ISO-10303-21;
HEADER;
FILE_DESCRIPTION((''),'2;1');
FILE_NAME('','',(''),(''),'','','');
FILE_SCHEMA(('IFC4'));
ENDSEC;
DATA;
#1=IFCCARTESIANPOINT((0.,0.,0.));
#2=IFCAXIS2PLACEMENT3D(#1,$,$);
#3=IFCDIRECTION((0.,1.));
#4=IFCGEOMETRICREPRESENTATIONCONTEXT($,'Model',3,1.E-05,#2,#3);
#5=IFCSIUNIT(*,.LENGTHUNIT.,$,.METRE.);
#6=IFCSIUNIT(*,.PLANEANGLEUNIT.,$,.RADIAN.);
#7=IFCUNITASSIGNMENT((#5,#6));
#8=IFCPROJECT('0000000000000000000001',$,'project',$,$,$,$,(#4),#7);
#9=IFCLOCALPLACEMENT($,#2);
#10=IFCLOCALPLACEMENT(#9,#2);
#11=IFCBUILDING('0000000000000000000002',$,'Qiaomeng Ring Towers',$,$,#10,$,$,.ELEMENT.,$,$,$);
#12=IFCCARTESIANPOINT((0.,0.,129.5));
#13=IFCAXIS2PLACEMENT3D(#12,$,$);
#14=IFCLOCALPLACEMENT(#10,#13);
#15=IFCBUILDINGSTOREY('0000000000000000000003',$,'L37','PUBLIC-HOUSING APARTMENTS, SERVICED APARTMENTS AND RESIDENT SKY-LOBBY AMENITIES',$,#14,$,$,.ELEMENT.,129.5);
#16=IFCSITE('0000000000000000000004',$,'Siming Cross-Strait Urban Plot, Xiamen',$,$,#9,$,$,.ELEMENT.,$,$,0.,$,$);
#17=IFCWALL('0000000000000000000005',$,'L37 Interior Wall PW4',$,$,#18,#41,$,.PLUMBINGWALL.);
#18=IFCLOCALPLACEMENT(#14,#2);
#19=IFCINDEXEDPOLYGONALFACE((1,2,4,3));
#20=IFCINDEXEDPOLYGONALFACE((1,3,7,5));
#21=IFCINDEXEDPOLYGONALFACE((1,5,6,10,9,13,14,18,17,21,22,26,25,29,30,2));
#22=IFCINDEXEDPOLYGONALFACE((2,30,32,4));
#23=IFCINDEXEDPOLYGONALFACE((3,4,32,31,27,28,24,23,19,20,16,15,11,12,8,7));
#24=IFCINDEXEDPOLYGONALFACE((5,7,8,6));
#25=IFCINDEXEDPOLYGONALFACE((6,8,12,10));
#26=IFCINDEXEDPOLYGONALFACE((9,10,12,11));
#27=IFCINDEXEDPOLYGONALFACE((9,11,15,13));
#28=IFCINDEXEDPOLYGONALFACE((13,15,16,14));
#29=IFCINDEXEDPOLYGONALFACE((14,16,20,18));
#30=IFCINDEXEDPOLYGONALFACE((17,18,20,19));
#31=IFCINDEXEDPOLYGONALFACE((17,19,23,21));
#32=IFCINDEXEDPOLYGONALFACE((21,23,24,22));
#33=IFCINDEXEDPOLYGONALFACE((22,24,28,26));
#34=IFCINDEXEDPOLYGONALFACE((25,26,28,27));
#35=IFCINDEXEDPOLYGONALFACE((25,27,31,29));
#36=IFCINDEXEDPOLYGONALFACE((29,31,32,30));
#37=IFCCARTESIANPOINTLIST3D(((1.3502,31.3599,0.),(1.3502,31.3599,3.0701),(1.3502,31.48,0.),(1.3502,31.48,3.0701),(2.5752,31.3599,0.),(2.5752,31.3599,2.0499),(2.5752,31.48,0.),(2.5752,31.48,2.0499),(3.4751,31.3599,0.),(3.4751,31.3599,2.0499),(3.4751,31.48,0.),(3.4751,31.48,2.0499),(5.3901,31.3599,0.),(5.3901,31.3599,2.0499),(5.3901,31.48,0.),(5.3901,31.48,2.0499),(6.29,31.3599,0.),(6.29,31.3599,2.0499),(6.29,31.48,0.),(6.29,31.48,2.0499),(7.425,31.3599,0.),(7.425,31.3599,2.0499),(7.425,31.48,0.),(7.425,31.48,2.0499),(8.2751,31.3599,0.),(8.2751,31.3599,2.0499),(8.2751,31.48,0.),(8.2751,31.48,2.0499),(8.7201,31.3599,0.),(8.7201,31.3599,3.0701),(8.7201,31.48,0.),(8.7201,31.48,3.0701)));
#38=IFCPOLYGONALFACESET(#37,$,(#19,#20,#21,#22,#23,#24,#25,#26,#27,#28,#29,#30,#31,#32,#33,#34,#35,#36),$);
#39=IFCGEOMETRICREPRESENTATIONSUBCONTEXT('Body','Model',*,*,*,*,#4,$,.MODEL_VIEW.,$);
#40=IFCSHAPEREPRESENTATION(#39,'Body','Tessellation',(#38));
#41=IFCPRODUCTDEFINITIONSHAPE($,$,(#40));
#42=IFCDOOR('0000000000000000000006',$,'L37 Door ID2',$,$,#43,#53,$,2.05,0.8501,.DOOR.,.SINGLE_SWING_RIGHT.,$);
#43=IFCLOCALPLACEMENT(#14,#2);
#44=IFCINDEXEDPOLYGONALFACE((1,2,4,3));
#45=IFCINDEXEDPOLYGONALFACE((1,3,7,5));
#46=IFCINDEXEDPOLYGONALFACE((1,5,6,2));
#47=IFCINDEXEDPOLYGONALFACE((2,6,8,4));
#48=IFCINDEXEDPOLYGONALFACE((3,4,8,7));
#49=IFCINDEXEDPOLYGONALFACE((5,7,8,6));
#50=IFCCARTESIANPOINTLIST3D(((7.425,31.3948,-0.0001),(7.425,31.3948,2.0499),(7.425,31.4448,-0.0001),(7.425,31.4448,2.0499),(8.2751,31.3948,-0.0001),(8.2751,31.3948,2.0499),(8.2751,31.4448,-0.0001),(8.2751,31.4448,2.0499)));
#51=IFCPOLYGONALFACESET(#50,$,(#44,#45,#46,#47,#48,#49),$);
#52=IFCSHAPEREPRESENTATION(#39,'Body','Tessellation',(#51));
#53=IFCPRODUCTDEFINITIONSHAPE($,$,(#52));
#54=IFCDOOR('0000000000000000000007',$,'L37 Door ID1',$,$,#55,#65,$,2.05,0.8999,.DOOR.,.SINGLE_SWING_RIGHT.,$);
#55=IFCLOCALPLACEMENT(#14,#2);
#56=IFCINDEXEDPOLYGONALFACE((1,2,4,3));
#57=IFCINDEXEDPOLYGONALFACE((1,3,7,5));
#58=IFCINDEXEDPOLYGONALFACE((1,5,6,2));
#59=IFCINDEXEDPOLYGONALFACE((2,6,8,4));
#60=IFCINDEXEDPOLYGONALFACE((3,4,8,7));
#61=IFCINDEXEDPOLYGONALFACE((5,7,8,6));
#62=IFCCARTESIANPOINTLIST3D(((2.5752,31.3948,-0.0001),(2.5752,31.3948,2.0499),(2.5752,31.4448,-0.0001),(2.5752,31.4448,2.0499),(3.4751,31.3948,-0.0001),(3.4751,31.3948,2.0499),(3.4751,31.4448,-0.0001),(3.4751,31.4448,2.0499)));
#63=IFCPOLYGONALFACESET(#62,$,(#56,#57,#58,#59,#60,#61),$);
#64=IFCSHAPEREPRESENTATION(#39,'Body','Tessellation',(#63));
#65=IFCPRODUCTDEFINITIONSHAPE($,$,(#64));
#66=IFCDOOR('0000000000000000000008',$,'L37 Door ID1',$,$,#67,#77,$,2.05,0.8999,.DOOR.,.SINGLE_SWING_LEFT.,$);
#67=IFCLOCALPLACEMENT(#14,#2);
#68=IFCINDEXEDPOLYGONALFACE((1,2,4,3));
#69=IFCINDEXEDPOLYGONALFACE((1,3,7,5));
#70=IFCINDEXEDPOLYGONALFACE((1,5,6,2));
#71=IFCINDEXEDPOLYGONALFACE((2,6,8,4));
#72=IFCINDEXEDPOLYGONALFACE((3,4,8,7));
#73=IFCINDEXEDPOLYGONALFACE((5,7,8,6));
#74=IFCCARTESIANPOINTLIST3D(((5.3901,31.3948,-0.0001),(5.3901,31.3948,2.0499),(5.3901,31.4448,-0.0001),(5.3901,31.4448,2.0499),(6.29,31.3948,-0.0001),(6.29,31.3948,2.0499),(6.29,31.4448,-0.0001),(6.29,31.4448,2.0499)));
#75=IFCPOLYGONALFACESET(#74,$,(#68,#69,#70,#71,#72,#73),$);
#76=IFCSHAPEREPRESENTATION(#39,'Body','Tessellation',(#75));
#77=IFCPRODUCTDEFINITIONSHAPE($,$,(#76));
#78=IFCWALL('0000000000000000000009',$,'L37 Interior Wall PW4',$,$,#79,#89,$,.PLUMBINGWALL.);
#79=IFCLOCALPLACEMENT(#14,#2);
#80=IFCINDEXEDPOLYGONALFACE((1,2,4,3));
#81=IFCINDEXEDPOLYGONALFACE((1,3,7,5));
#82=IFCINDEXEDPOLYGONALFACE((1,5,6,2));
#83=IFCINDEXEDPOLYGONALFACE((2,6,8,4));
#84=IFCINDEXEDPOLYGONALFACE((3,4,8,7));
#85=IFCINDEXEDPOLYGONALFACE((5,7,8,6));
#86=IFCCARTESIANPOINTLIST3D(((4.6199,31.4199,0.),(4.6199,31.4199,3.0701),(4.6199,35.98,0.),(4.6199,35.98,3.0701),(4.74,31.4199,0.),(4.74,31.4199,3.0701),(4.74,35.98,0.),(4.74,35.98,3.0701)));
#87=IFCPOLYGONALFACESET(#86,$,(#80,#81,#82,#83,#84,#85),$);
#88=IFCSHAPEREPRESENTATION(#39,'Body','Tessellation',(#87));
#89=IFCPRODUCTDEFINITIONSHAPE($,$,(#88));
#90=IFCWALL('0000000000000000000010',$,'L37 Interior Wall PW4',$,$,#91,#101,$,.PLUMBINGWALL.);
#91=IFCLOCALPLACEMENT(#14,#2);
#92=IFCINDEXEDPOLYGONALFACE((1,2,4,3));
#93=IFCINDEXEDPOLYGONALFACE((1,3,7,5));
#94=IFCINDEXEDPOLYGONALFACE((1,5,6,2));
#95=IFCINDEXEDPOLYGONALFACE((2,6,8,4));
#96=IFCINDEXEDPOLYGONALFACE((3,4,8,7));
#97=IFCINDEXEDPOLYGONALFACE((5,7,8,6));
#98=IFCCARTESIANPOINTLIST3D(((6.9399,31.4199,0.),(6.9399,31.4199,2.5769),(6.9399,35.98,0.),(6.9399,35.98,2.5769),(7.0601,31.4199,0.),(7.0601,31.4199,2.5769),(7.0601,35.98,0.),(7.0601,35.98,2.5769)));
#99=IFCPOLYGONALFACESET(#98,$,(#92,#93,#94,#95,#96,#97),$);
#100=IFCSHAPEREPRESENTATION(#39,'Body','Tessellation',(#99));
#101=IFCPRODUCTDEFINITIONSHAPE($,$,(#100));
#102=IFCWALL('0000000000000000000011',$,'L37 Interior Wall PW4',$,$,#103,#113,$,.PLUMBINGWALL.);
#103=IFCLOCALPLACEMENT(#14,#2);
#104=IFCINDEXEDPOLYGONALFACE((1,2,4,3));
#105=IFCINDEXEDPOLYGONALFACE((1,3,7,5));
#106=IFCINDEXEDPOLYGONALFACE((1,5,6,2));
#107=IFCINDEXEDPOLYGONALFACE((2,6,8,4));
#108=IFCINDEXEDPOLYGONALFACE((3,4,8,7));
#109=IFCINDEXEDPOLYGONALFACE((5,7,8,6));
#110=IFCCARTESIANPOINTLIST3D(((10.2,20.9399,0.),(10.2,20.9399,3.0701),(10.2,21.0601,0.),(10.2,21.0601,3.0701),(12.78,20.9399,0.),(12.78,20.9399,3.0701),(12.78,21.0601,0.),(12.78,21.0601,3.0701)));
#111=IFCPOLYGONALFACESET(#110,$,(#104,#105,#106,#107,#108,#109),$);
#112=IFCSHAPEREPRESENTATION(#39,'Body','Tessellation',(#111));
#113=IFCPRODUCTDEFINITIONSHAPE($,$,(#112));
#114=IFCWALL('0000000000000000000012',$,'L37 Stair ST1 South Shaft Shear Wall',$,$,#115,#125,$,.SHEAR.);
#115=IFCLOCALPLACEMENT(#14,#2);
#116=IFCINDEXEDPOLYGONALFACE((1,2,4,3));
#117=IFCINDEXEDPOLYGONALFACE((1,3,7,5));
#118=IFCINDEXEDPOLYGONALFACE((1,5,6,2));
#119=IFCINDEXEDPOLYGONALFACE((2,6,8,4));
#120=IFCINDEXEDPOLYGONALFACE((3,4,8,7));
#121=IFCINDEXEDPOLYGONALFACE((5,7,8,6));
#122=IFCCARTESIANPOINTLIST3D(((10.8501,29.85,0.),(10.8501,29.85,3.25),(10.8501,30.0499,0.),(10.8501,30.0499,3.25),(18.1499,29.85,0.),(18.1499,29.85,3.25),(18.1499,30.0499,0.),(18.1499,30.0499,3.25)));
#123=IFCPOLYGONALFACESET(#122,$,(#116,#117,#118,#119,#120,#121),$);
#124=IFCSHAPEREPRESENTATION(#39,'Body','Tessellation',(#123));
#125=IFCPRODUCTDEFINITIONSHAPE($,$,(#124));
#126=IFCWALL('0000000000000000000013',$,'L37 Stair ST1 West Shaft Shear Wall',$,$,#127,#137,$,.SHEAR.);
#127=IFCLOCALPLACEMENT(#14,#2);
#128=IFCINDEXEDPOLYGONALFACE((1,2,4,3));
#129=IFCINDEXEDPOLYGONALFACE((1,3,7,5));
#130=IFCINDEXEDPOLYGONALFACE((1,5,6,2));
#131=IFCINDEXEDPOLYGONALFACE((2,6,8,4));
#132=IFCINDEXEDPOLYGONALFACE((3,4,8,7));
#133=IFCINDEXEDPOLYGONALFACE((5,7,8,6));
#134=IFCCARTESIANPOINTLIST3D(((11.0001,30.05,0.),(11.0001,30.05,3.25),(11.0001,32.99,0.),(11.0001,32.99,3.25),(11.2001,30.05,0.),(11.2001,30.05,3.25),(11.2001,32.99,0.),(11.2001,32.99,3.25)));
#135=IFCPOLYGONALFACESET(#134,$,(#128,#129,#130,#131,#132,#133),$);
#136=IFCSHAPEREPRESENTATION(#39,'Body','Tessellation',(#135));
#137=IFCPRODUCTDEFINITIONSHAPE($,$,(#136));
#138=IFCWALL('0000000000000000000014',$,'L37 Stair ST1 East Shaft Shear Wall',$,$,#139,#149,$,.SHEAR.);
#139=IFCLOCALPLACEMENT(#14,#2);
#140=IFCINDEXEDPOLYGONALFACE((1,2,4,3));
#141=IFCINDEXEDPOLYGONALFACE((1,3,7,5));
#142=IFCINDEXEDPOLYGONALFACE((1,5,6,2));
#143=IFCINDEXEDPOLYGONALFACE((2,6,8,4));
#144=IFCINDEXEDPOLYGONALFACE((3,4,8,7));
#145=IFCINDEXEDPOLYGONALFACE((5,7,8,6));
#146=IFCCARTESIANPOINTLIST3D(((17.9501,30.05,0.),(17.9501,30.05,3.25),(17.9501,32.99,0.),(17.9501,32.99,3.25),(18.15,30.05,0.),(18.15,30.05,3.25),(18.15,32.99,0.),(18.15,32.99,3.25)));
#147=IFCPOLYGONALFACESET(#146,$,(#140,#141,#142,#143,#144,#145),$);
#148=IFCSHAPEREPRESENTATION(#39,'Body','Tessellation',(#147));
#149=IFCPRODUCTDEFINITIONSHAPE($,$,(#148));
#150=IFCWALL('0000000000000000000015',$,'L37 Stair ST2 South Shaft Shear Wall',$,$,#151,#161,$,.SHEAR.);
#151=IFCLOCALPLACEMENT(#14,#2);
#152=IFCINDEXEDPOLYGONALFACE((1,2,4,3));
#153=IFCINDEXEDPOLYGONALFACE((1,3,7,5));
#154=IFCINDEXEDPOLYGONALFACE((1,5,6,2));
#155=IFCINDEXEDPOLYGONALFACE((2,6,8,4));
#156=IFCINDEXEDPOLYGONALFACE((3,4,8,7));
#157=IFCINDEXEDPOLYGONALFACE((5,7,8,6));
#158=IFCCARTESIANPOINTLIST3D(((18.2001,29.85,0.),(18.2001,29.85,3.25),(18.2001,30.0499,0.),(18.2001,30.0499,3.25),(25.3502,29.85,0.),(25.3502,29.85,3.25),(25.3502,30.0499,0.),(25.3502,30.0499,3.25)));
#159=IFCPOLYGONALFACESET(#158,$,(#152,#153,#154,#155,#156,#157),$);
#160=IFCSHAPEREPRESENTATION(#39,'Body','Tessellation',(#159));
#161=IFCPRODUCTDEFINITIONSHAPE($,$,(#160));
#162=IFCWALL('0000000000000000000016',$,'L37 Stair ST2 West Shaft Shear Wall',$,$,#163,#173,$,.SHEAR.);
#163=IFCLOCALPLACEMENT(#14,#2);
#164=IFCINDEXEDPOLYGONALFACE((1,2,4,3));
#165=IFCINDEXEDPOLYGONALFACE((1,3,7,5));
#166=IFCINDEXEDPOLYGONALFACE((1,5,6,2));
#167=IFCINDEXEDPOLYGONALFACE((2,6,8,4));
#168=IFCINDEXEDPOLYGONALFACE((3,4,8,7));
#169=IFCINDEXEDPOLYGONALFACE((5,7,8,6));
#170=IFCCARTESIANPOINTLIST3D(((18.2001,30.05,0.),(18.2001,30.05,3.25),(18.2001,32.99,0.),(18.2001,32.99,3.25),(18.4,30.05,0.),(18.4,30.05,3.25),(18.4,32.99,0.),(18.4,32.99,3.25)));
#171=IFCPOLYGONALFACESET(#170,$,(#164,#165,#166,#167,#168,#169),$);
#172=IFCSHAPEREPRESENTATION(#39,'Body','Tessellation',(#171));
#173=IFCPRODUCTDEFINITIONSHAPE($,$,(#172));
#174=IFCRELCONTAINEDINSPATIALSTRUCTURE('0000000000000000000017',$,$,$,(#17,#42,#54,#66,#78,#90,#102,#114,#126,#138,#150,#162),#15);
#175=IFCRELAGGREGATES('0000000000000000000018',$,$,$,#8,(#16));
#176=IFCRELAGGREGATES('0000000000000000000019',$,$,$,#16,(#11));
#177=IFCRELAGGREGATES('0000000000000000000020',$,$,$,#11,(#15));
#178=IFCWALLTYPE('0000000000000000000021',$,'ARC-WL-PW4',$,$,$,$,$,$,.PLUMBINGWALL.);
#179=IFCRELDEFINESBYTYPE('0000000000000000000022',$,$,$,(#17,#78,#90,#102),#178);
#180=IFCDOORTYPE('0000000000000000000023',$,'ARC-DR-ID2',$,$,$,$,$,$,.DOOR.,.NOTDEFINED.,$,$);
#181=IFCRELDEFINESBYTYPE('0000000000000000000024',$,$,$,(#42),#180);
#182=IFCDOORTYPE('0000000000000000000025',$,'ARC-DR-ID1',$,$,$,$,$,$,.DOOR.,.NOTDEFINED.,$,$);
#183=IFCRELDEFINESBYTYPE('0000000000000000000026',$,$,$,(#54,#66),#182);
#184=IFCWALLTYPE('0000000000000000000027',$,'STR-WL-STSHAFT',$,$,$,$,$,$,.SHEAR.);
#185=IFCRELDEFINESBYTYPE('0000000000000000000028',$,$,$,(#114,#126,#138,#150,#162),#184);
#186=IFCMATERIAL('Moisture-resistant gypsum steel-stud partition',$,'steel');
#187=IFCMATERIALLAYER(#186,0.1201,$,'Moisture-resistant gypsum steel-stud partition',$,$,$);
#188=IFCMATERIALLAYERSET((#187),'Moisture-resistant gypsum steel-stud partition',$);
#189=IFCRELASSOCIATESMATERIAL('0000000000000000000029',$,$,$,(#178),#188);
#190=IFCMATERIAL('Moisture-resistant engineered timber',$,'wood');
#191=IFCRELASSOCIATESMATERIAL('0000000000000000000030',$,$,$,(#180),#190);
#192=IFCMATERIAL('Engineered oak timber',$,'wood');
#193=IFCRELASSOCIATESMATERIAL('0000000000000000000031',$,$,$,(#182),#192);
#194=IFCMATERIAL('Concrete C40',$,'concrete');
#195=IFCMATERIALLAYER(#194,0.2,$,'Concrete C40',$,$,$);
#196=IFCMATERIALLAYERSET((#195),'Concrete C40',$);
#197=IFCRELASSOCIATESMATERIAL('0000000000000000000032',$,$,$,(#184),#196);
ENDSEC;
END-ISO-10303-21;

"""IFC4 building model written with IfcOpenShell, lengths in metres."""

from ifc_helpers import new_model, si_unit, direction, frame, frame_2d, origin, place, context, subcontext, project, spatial, rectangle, extrude, source, transform, mapped, material, layer, layer_set, type_object, element, fill, save


model = new_model("IFC4")

# Units and contexts
model_context = context("Model", 3, precision=1e-05, world=origin(), true_north=direction((0.0, 1.0)))
body_context = subcontext(model_context, "Body", "Model", "MODEL_VIEW")
ifc_project = project(units=[si_unit("LENGTHUNIT", "METRE"), si_unit("PLANEANGLEUNIT", "RADIAN")], contexts=[model_context])

# Site, building, storey
site_placement = place(None, origin())
site = spatial("IfcSite", under=ifc_project, at=site_placement, Name="Siming Cross-Strait Urban Plot, Xiamen", CompositionType="ELEMENT", RefElevation=0.0)
building_placement = place(site_placement, origin())
building = spatial("IfcBuilding", under=site, at=building_placement, Name="Qiaomeng Ring Towers", CompositionType="ELEMENT")
storey_placement = place(building_placement, frame((0.0, 0.0, 129.5)))
storey = spatial("IfcBuildingStorey", under=building, at=storey_placement, Name="L37", Description="PUBLIC-HOUSING APARTMENTS, SERVICED APARTMENTS AND RESIDENT SKY-LOBBY AMENITIES", CompositionType="ELEMENT", Elevation=129.5)

# Wall, openings, doors
ifc_material_1 = material(Name="Moisture-resistant gypsum steel-stud partition", Category="steel")
ifc_layer_1 = layer(ifc_material_1, 0.1201, Name="Moisture-resistant gypsum steel-stud partition")
ifc_layer_set_1 = layer_set([ifc_layer_1], Name="Moisture-resistant gypsum steel-stud partition")
wall_type_1 = type_object("IfcWallType", Name="ARC-WL-PW4", PredefinedType="PLUMBINGWALL", material=ifc_layer_set_1)
wall_1_placement = place(storey_placement, frame((1.3501, 31.4199, 0.0), z_axis=(0.0, 0.0, 1.0), x_axis=(1.0, 0.0, 0.0)))
wall_1 = element("IfcWall", 1, at=wall_1_placement, inside=storey, type_object=wall_type_1, Name="L37 Interior Wall PW4", PredefinedType="PLUMBINGWALL", context=body_context, shape_type="SweptSolid", body=[
    extrude(rectangle(XDim=7.3699, YDim=0.1201, at=frame_2d((3.6851, 0.0))), origin(), (0.0, 0.0, 1.0), 3.0701),
])
opening_1_placement = place(wall_1_placement, frame((1.2251, 0.0, 0.0)))
opening_1 = element("IfcOpeningElement", 2, at=opening_1_placement, cuts=wall_1, PredefinedType="OPENING", context=body_context, shape_type="SweptSolid", body=[
    extrude(rectangle(XDim=0.8999, YDim=2.05, at=frame_2d((0.45, 1.0249))), frame((0.0, 0.0701, 0.0), z_axis=(0.0, -1.0, 0.0), x_axis=(1.0, 0.0, 0.0)), (0.0, 0.0, 1.0), 0.1401),
])
opening_2_placement = place(wall_1_placement, frame((4.04, 0.0, 0.0)))
opening_2 = element("IfcOpeningElement", 3, at=opening_2_placement, cuts=wall_1, PredefinedType="OPENING", context=body_context, shape_type="SweptSolid", body=[
    extrude(rectangle(XDim=0.8999, YDim=2.05, at=frame_2d((0.45, 1.0249))), frame((0.0, 0.0701, 0.0), z_axis=(0.0, -1.0, 0.0), x_axis=(1.0, 0.0, 0.0)), (0.0, 0.0, 1.0), 0.1401),
])
opening_3_placement = place(wall_1_placement, frame((6.075, 0.0, 0.0)))
opening_3 = element("IfcOpeningElement", 4, at=opening_3_placement, cuts=wall_1, PredefinedType="OPENING", context=body_context, shape_type="SweptSolid", body=[
    extrude(rectangle(XDim=0.8501, YDim=2.05, at=frame_2d((0.425, 1.0249))), frame((0.0, 0.0701, 0.0), z_axis=(0.0, -1.0, 0.0), x_axis=(1.0, 0.0, 0.0)), (0.0, 0.0, 1.0), 0.1401),
])
ifc_material_2 = material(Name="Moisture-resistant engineered timber", Category="wood")
door_type_1 = type_object("IfcDoorType", Name="ARC-DR-ID2", OperationType="NOTDEFINED", PredefinedType="DOOR", material=ifc_material_2)
shared_shape_1 = source(origin(), body_context, "Body", "SweptSolid", [
    extrude(rectangle(XDim=0.8501, YDim=2.05, at=frame_2d((0.425, 1.0249))), frame((0.0, 0.0249, 0.0), z_axis=(0.0, -1.0, 0.0), x_axis=(1.0, 0.0, 0.0)), (0.0, 0.0, 1.0), 0.05),
])
door_1_placement = place(opening_3_placement, origin())
door_1 = element("IfcDoor", 5, at=door_1_placement, inside=storey, type_object=door_type_1, Name="L37 Door ID2", OperationType="SINGLE_SWING_RIGHT", OverallHeight=2.05, OverallWidth=0.8501, PredefinedType="DOOR", context=body_context, shape_type="MappedRepresentation", body=[
    mapped(shared_shape_1, transform((0.0, 0.0, 0.0), x_axis=(1.0, 0.0, 0.0), y_axis=(0.0, 1.0, 0.0), z_axis=(0.0, 0.0, 1.0), scale=1.0)),
])
fill(opening_3, door_1)
ifc_material_3 = material(Name="Engineered oak timber", Category="wood")
door_type_2 = type_object("IfcDoorType", Name="ARC-DR-ID1", OperationType="NOTDEFINED", PredefinedType="DOOR", material=ifc_material_3)
shared_shape_2 = source(origin(), body_context, "Body", "SweptSolid", [
    extrude(rectangle(XDim=0.8999, YDim=2.05, at=frame_2d((0.45, 1.0249))), frame((0.0, 0.0249, 0.0), z_axis=(0.0, -1.0, 0.0), x_axis=(1.0, 0.0, 0.0)), (0.0, 0.0, 1.0), 0.05),
])
door_2_placement = place(opening_1_placement, origin())
door_2 = element("IfcDoor", 6, at=door_2_placement, inside=storey, type_object=door_type_2, Name="L37 Door ID1", OperationType="SINGLE_SWING_RIGHT", OverallHeight=2.05, OverallWidth=0.8999, PredefinedType="DOOR", context=body_context, shape_type="MappedRepresentation", body=[
    mapped(shared_shape_2, transform((0.0, 0.0, 0.0), x_axis=(1.0, 0.0, 0.0), y_axis=(0.0, 1.0, 0.0), z_axis=(0.0, 0.0, 1.0), scale=1.0)),
])
fill(opening_1, door_2)
door_3_placement = place(opening_2_placement, origin())
door_3 = element("IfcDoor", 7, at=door_3_placement, inside=storey, type_object=door_type_2, Name="L37 Door ID1", OperationType="SINGLE_SWING_LEFT", OverallHeight=2.05, OverallWidth=0.8999, PredefinedType="DOOR", context=body_context, shape_type="MappedRepresentation", body=[
    mapped(shared_shape_2, transform((0.0, 0.0, 0.0), x_axis=(1.0, 0.0, 0.0), y_axis=(0.0, 1.0, 0.0), z_axis=(0.0, 0.0, 1.0), scale=1.0)),
])
fill(opening_2, door_3)

# Walls
wall_2_placement = place(storey_placement, frame((4.6799, 31.4199, 0.0), z_axis=(0.0, 0.0, 1.0), x_axis=(0.0, 1.0, 0.0)))
element("IfcWall", 8, at=wall_2_placement, inside=storey, type_object=wall_type_1, Name="L37 Interior Wall PW4", PredefinedType="PLUMBINGWALL", context=body_context, shape_type="SweptSolid", body=[
    extrude(rectangle(XDim=4.5601, YDim=0.1201, at=frame_2d((2.28, 0.0))), origin(), (0.0, 0.0, 1.0), 3.0701),
])
wall_3_placement = place(storey_placement, frame((7.0, 31.4199, 0.0), z_axis=(0.0, 0.0, 1.0), x_axis=(0.0, 1.0, 0.0)))
element("IfcWall", 9, at=wall_3_placement, inside=storey, type_object=wall_type_1, Name="L37 Interior Wall PW4", PredefinedType="PLUMBINGWALL", context=body_context, shape_type="SweptSolid", body=[
    extrude(rectangle(XDim=4.5601, YDim=0.1201, at=frame_2d((2.28, 0.0))), origin(), (0.0, 0.0, 1.0), 2.5769),
])
wall_4_placement = place(storey_placement, frame((10.2, 21.0, 0.0), z_axis=(0.0, 0.0, 1.0), x_axis=(1.0, 0.0, 0.0)))
element("IfcWall", 10, at=wall_4_placement, inside=storey, type_object=wall_type_1, Name="L37 Interior Wall PW4", PredefinedType="PLUMBINGWALL", context=body_context, shape_type="SweptSolid", body=[
    extrude(rectangle(XDim=2.5801, YDim=0.1201, at=frame_2d((1.29, 0.0))), origin(), (0.0, 0.0, 1.0), 3.0701),
])
ifc_material_4 = material(Name="Concrete C40", Category="concrete")
ifc_layer_2 = layer(ifc_material_4, 0.2, Name="Concrete C40")
ifc_layer_set_2 = layer_set([ifc_layer_2], Name="Concrete C40")
wall_type_2 = type_object("IfcWallType", Name="STR-WL-STSHAFT", PredefinedType="SHEAR", material=ifc_layer_set_2)
wall_5_placement = place(storey_placement, frame((10.8501, 29.95, 0.0), z_axis=(0.0, 0.0, 1.0), x_axis=(1.0, 0.0, 0.0)))
element("IfcWall", 11, at=wall_5_placement, inside=storey, type_object=wall_type_2, Name="L37 Stair ST1 South Shaft Shear Wall", PredefinedType="SHEAR", context=body_context, shape_type="SweptSolid", body=[
    extrude(rectangle(XDim=7.2998, YDim=0.2, at=frame_2d((3.6499, 0.0))), origin(), (0.0, 0.0, 1.0), 3.25),
])
for number, where, z_axis, x_axis, name in (
    (12, (11.1001, 30.05, 0.0), (0.0, 0.0, 1.0), (0.0, 1.0, 0.0), "L37 Stair ST1 West Shaft Shear Wall"),
    (13, (18.05, 30.05, 0.0), (0.0, 0.0, 1.0), (0.0, 1.0, 0.0), "L37 Stair ST1 East Shaft Shear Wall"),
):
    element("IfcWall", number, at=place(storey_placement, frame(where, z_axis=z_axis, x_axis=x_axis)), inside=storey, type_object=wall_type_2, Name=name, PredefinedType="SHEAR", context=body_context, shape_type="SweptSolid", body=[
        extrude(rectangle(XDim=2.9399, YDim=0.2, at=frame_2d((1.47, 0.0))), origin(), (0.0, 0.0, 1.0), 3.25),
    ])
wall_6_placement = place(storey_placement, frame((18.2, 29.95, 0.0), z_axis=(0.0, 0.0, 1.0), x_axis=(1.0, 0.0, 0.0)))
element("IfcWall", 14, at=wall_6_placement, inside=storey, type_object=wall_type_2, Name="L37 Stair ST2 South Shaft Shear Wall", PredefinedType="SHEAR", context=body_context, shape_type="SweptSolid", body=[
    extrude(rectangle(XDim=7.1501, YDim=0.2, at=frame_2d((3.5752, 0.0))), origin(), (0.0, 0.0, 1.0), 3.25),
])
wall_7_placement = place(storey_placement, frame((18.3, 30.05, 0.0), z_axis=(0.0, 0.0, 1.0), x_axis=(0.0, 1.0, 0.0)))
element("IfcWall", 15, at=wall_7_placement, inside=storey, type_object=wall_type_2, Name="L37 Stair ST2 West Shaft Shear Wall", PredefinedType="SHEAR", context=body_context, shape_type="SweptSolid", body=[
    extrude(rectangle(XDim=2.9399, YDim=0.2, at=frame_2d((1.47, 0.0))), origin(), (0.0, 0.0, 1.0), 3.25),
])

save(model, "model.ifc")
